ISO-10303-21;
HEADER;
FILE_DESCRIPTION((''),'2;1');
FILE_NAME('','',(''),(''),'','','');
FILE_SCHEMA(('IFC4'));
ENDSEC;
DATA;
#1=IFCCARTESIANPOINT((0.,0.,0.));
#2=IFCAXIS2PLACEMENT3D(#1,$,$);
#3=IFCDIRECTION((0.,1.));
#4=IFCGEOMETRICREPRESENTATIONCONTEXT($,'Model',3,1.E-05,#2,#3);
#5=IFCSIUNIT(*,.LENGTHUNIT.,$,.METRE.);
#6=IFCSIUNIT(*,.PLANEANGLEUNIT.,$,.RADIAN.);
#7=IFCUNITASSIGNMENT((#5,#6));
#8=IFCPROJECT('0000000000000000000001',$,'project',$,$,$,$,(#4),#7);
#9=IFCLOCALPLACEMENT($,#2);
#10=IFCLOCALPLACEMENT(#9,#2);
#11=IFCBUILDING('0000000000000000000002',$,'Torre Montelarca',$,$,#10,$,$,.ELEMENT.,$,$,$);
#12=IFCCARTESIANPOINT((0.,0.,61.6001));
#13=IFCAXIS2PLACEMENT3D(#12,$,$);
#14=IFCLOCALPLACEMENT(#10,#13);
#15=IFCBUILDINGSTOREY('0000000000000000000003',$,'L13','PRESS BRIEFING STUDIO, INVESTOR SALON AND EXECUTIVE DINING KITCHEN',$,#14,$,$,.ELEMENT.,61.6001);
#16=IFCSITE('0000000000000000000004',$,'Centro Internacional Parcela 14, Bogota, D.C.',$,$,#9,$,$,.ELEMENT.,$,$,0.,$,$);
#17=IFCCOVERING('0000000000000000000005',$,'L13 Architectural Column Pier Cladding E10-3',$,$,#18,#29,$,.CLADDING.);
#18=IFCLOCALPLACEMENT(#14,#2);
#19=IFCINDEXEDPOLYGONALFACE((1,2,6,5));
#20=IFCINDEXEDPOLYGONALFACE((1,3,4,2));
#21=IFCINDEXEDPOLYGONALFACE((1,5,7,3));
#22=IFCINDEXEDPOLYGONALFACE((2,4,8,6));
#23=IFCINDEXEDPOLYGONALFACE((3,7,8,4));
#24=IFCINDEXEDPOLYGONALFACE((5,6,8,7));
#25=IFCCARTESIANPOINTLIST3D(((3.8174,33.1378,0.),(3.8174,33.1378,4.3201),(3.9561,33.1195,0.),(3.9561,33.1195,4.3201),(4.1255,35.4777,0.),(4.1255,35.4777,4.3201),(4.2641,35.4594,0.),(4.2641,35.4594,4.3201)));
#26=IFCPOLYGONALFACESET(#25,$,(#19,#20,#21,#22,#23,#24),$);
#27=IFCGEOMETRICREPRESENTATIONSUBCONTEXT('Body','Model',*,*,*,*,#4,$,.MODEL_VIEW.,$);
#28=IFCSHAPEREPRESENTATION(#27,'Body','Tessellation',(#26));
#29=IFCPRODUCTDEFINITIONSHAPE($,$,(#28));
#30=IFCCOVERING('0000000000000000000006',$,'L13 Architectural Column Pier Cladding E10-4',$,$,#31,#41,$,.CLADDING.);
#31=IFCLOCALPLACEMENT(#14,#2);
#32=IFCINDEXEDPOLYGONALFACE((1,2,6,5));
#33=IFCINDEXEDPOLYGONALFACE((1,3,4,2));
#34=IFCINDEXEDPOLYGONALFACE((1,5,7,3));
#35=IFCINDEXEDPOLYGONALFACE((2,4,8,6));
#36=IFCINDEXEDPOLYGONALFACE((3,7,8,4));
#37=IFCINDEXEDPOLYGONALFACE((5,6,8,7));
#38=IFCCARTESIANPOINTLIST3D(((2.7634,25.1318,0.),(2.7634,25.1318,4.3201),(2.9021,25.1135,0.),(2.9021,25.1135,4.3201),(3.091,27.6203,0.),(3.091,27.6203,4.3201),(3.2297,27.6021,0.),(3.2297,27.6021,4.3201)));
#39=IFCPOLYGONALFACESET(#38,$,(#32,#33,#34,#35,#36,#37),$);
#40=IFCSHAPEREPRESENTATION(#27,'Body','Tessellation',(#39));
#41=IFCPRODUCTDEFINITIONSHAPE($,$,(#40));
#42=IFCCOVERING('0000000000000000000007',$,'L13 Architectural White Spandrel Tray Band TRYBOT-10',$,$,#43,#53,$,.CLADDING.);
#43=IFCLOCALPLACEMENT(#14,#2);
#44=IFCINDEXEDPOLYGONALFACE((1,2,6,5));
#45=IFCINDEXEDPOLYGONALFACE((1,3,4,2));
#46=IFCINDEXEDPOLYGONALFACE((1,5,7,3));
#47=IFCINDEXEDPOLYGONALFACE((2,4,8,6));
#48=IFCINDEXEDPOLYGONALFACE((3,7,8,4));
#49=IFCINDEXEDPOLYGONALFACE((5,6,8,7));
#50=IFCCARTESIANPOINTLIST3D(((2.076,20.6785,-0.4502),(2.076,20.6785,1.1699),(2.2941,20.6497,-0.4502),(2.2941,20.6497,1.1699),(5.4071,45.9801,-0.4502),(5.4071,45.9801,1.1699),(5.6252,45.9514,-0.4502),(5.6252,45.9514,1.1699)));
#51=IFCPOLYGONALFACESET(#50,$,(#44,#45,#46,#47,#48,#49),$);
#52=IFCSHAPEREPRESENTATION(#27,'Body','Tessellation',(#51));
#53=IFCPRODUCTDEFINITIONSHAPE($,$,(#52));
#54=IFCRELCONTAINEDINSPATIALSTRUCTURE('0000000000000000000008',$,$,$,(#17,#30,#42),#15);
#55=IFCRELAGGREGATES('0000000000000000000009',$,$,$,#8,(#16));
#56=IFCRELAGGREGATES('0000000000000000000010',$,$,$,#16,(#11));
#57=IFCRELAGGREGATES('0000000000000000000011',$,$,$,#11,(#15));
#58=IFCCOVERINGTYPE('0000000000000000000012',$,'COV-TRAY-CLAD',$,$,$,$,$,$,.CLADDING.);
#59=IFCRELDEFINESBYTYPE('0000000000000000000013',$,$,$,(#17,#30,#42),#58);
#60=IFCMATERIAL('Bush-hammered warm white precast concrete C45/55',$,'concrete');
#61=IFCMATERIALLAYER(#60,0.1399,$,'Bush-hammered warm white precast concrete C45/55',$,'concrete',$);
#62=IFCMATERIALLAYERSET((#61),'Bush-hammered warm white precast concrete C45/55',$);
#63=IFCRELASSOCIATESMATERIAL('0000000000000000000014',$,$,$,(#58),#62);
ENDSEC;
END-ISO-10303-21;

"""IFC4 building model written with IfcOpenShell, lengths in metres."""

from ifc_helpers import new_model, si_unit, direction, frame, origin, origin_2d, place, context, subcontext, project, spatial, rectangle, extrude, source, transform, mapped, material, layer, layer_set, type_object, element, save


model = new_model("IFC4")

# Units and contexts
model_context = context("Model", 3, precision=1e-05, world=origin(), true_north=direction((0.0, 1.0)))
body_context = subcontext(model_context, "Body", "Model", "MODEL_VIEW")
ifc_project = project(units=[si_unit("LENGTHUNIT", "METRE"), si_unit("PLANEANGLEUNIT", "RADIAN")], contexts=[model_context])

# Site, building, storey
site_placement = place(None, origin())
site = spatial("IfcSite", under=ifc_project, at=site_placement, Name="Centro Internacional Parcela 14, Bogota, D.C.", CompositionType="ELEMENT", RefElevation=0.0)
building_placement = place(site_placement, origin())
building = spatial("IfcBuilding", under=site, at=building_placement, Name="Torre Montelarca", CompositionType="ELEMENT")
storey_placement = place(building_placement, frame((0.0, 0.0, 61.6001)))
storey = spatial("IfcBuildingStorey", under=building, at=storey_placement, Name="L13", Description="PRESS BRIEFING STUDIO, INVESTOR SALON AND EXECUTIVE DINING KITCHEN", CompositionType="ELEMENT", Elevation=61.6001)

# Coverings
ifc_material_1 = material(Name="Bush-hammered warm white precast concrete C45/55", Category="concrete")
ifc_layer_1 = layer(ifc_material_1, 0.1399, Name="Bush-hammered warm white precast concrete C45/55", Category="concrete")
ifc_layer_set_1 = layer_set([ifc_layer_1], Name="Bush-hammered warm white precast concrete C45/55")
covering_type = type_object("IfcCoveringType", Name="COV-TRAY-CLAD", PredefinedType="CLADDING", material=ifc_layer_set_1)
shared_shape_1 = source(origin(), body_context, "Body", "SweptSolid", [
    extrude(rectangle(XDim=2.3601, YDim=0.1399, at=origin_2d()), origin(), (0.0, 0.0, 1.0), 4.3201),
])
covering_1_placement = place(storey_placement, frame((4.0408, 34.2986, 0.0), z_axis=(0.0, 0.0, 1.0), x_axis=(-0.130528, -0.991445, 0.0)))
element("IfcCovering", 1, at=covering_1_placement, inside=storey, type_object=covering_type, Name="L13 Architectural Column Pier Cladding E10-3", PredefinedType="CLADDING", context=body_context, shape_type="MappedRepresentation", body=[
    mapped(shared_shape_1, transform((0.0, 0.0, 0.0), scale=1.0)),
])
shared_shape_2 = source(origin(), body_context, "Body", "SweptSolid", [
    extrude(rectangle(XDim=2.51, YDim=0.1399, at=origin_2d()), origin(), (0.0, 0.0, 1.0), 4.3201),
])
covering_2_placement = place(storey_placement, frame((2.9966, 26.3669, 0.0), z_axis=(0.0, 0.0, 1.0), x_axis=(-0.130528, -0.991445, 0.0)))
element("IfcCovering", 2, at=covering_2_placement, inside=storey, type_object=covering_type, Name="L13 Architectural Column Pier Cladding E10-4", PredefinedType="CLADDING", context=body_context, shape_type="MappedRepresentation", body=[
    mapped(shared_shape_2, transform((0.0, 0.0, 0.0), scale=1.0)),
])
shared_shape_3 = source(origin(), body_context, "Body", "SweptSolid", [
    extrude(rectangle(XDim=25.52, YDim=0.22, at=origin_2d()), origin(), (0.0, 0.0, 1.0), 1.6201),
])
covering_3_placement = place(storey_placement, frame((3.8506, 33.3149, -0.4502), z_axis=(0.0, 0.0, 1.0), x_axis=(-0.130528, -0.991445, 0.0)))
element("IfcCovering", 3, at=covering_3_placement, inside=storey, type_object=covering_type, Name="L13 Architectural White Spandrel Tray Band TRYBOT-10", PredefinedType="CLADDING", context=body_context, shape_type="MappedRepresentation", body=[
    mapped(shared_shape_3, transform((0.0, 0.0, 0.0), scale=1.0)),
])

save(model, "model.ifc")
